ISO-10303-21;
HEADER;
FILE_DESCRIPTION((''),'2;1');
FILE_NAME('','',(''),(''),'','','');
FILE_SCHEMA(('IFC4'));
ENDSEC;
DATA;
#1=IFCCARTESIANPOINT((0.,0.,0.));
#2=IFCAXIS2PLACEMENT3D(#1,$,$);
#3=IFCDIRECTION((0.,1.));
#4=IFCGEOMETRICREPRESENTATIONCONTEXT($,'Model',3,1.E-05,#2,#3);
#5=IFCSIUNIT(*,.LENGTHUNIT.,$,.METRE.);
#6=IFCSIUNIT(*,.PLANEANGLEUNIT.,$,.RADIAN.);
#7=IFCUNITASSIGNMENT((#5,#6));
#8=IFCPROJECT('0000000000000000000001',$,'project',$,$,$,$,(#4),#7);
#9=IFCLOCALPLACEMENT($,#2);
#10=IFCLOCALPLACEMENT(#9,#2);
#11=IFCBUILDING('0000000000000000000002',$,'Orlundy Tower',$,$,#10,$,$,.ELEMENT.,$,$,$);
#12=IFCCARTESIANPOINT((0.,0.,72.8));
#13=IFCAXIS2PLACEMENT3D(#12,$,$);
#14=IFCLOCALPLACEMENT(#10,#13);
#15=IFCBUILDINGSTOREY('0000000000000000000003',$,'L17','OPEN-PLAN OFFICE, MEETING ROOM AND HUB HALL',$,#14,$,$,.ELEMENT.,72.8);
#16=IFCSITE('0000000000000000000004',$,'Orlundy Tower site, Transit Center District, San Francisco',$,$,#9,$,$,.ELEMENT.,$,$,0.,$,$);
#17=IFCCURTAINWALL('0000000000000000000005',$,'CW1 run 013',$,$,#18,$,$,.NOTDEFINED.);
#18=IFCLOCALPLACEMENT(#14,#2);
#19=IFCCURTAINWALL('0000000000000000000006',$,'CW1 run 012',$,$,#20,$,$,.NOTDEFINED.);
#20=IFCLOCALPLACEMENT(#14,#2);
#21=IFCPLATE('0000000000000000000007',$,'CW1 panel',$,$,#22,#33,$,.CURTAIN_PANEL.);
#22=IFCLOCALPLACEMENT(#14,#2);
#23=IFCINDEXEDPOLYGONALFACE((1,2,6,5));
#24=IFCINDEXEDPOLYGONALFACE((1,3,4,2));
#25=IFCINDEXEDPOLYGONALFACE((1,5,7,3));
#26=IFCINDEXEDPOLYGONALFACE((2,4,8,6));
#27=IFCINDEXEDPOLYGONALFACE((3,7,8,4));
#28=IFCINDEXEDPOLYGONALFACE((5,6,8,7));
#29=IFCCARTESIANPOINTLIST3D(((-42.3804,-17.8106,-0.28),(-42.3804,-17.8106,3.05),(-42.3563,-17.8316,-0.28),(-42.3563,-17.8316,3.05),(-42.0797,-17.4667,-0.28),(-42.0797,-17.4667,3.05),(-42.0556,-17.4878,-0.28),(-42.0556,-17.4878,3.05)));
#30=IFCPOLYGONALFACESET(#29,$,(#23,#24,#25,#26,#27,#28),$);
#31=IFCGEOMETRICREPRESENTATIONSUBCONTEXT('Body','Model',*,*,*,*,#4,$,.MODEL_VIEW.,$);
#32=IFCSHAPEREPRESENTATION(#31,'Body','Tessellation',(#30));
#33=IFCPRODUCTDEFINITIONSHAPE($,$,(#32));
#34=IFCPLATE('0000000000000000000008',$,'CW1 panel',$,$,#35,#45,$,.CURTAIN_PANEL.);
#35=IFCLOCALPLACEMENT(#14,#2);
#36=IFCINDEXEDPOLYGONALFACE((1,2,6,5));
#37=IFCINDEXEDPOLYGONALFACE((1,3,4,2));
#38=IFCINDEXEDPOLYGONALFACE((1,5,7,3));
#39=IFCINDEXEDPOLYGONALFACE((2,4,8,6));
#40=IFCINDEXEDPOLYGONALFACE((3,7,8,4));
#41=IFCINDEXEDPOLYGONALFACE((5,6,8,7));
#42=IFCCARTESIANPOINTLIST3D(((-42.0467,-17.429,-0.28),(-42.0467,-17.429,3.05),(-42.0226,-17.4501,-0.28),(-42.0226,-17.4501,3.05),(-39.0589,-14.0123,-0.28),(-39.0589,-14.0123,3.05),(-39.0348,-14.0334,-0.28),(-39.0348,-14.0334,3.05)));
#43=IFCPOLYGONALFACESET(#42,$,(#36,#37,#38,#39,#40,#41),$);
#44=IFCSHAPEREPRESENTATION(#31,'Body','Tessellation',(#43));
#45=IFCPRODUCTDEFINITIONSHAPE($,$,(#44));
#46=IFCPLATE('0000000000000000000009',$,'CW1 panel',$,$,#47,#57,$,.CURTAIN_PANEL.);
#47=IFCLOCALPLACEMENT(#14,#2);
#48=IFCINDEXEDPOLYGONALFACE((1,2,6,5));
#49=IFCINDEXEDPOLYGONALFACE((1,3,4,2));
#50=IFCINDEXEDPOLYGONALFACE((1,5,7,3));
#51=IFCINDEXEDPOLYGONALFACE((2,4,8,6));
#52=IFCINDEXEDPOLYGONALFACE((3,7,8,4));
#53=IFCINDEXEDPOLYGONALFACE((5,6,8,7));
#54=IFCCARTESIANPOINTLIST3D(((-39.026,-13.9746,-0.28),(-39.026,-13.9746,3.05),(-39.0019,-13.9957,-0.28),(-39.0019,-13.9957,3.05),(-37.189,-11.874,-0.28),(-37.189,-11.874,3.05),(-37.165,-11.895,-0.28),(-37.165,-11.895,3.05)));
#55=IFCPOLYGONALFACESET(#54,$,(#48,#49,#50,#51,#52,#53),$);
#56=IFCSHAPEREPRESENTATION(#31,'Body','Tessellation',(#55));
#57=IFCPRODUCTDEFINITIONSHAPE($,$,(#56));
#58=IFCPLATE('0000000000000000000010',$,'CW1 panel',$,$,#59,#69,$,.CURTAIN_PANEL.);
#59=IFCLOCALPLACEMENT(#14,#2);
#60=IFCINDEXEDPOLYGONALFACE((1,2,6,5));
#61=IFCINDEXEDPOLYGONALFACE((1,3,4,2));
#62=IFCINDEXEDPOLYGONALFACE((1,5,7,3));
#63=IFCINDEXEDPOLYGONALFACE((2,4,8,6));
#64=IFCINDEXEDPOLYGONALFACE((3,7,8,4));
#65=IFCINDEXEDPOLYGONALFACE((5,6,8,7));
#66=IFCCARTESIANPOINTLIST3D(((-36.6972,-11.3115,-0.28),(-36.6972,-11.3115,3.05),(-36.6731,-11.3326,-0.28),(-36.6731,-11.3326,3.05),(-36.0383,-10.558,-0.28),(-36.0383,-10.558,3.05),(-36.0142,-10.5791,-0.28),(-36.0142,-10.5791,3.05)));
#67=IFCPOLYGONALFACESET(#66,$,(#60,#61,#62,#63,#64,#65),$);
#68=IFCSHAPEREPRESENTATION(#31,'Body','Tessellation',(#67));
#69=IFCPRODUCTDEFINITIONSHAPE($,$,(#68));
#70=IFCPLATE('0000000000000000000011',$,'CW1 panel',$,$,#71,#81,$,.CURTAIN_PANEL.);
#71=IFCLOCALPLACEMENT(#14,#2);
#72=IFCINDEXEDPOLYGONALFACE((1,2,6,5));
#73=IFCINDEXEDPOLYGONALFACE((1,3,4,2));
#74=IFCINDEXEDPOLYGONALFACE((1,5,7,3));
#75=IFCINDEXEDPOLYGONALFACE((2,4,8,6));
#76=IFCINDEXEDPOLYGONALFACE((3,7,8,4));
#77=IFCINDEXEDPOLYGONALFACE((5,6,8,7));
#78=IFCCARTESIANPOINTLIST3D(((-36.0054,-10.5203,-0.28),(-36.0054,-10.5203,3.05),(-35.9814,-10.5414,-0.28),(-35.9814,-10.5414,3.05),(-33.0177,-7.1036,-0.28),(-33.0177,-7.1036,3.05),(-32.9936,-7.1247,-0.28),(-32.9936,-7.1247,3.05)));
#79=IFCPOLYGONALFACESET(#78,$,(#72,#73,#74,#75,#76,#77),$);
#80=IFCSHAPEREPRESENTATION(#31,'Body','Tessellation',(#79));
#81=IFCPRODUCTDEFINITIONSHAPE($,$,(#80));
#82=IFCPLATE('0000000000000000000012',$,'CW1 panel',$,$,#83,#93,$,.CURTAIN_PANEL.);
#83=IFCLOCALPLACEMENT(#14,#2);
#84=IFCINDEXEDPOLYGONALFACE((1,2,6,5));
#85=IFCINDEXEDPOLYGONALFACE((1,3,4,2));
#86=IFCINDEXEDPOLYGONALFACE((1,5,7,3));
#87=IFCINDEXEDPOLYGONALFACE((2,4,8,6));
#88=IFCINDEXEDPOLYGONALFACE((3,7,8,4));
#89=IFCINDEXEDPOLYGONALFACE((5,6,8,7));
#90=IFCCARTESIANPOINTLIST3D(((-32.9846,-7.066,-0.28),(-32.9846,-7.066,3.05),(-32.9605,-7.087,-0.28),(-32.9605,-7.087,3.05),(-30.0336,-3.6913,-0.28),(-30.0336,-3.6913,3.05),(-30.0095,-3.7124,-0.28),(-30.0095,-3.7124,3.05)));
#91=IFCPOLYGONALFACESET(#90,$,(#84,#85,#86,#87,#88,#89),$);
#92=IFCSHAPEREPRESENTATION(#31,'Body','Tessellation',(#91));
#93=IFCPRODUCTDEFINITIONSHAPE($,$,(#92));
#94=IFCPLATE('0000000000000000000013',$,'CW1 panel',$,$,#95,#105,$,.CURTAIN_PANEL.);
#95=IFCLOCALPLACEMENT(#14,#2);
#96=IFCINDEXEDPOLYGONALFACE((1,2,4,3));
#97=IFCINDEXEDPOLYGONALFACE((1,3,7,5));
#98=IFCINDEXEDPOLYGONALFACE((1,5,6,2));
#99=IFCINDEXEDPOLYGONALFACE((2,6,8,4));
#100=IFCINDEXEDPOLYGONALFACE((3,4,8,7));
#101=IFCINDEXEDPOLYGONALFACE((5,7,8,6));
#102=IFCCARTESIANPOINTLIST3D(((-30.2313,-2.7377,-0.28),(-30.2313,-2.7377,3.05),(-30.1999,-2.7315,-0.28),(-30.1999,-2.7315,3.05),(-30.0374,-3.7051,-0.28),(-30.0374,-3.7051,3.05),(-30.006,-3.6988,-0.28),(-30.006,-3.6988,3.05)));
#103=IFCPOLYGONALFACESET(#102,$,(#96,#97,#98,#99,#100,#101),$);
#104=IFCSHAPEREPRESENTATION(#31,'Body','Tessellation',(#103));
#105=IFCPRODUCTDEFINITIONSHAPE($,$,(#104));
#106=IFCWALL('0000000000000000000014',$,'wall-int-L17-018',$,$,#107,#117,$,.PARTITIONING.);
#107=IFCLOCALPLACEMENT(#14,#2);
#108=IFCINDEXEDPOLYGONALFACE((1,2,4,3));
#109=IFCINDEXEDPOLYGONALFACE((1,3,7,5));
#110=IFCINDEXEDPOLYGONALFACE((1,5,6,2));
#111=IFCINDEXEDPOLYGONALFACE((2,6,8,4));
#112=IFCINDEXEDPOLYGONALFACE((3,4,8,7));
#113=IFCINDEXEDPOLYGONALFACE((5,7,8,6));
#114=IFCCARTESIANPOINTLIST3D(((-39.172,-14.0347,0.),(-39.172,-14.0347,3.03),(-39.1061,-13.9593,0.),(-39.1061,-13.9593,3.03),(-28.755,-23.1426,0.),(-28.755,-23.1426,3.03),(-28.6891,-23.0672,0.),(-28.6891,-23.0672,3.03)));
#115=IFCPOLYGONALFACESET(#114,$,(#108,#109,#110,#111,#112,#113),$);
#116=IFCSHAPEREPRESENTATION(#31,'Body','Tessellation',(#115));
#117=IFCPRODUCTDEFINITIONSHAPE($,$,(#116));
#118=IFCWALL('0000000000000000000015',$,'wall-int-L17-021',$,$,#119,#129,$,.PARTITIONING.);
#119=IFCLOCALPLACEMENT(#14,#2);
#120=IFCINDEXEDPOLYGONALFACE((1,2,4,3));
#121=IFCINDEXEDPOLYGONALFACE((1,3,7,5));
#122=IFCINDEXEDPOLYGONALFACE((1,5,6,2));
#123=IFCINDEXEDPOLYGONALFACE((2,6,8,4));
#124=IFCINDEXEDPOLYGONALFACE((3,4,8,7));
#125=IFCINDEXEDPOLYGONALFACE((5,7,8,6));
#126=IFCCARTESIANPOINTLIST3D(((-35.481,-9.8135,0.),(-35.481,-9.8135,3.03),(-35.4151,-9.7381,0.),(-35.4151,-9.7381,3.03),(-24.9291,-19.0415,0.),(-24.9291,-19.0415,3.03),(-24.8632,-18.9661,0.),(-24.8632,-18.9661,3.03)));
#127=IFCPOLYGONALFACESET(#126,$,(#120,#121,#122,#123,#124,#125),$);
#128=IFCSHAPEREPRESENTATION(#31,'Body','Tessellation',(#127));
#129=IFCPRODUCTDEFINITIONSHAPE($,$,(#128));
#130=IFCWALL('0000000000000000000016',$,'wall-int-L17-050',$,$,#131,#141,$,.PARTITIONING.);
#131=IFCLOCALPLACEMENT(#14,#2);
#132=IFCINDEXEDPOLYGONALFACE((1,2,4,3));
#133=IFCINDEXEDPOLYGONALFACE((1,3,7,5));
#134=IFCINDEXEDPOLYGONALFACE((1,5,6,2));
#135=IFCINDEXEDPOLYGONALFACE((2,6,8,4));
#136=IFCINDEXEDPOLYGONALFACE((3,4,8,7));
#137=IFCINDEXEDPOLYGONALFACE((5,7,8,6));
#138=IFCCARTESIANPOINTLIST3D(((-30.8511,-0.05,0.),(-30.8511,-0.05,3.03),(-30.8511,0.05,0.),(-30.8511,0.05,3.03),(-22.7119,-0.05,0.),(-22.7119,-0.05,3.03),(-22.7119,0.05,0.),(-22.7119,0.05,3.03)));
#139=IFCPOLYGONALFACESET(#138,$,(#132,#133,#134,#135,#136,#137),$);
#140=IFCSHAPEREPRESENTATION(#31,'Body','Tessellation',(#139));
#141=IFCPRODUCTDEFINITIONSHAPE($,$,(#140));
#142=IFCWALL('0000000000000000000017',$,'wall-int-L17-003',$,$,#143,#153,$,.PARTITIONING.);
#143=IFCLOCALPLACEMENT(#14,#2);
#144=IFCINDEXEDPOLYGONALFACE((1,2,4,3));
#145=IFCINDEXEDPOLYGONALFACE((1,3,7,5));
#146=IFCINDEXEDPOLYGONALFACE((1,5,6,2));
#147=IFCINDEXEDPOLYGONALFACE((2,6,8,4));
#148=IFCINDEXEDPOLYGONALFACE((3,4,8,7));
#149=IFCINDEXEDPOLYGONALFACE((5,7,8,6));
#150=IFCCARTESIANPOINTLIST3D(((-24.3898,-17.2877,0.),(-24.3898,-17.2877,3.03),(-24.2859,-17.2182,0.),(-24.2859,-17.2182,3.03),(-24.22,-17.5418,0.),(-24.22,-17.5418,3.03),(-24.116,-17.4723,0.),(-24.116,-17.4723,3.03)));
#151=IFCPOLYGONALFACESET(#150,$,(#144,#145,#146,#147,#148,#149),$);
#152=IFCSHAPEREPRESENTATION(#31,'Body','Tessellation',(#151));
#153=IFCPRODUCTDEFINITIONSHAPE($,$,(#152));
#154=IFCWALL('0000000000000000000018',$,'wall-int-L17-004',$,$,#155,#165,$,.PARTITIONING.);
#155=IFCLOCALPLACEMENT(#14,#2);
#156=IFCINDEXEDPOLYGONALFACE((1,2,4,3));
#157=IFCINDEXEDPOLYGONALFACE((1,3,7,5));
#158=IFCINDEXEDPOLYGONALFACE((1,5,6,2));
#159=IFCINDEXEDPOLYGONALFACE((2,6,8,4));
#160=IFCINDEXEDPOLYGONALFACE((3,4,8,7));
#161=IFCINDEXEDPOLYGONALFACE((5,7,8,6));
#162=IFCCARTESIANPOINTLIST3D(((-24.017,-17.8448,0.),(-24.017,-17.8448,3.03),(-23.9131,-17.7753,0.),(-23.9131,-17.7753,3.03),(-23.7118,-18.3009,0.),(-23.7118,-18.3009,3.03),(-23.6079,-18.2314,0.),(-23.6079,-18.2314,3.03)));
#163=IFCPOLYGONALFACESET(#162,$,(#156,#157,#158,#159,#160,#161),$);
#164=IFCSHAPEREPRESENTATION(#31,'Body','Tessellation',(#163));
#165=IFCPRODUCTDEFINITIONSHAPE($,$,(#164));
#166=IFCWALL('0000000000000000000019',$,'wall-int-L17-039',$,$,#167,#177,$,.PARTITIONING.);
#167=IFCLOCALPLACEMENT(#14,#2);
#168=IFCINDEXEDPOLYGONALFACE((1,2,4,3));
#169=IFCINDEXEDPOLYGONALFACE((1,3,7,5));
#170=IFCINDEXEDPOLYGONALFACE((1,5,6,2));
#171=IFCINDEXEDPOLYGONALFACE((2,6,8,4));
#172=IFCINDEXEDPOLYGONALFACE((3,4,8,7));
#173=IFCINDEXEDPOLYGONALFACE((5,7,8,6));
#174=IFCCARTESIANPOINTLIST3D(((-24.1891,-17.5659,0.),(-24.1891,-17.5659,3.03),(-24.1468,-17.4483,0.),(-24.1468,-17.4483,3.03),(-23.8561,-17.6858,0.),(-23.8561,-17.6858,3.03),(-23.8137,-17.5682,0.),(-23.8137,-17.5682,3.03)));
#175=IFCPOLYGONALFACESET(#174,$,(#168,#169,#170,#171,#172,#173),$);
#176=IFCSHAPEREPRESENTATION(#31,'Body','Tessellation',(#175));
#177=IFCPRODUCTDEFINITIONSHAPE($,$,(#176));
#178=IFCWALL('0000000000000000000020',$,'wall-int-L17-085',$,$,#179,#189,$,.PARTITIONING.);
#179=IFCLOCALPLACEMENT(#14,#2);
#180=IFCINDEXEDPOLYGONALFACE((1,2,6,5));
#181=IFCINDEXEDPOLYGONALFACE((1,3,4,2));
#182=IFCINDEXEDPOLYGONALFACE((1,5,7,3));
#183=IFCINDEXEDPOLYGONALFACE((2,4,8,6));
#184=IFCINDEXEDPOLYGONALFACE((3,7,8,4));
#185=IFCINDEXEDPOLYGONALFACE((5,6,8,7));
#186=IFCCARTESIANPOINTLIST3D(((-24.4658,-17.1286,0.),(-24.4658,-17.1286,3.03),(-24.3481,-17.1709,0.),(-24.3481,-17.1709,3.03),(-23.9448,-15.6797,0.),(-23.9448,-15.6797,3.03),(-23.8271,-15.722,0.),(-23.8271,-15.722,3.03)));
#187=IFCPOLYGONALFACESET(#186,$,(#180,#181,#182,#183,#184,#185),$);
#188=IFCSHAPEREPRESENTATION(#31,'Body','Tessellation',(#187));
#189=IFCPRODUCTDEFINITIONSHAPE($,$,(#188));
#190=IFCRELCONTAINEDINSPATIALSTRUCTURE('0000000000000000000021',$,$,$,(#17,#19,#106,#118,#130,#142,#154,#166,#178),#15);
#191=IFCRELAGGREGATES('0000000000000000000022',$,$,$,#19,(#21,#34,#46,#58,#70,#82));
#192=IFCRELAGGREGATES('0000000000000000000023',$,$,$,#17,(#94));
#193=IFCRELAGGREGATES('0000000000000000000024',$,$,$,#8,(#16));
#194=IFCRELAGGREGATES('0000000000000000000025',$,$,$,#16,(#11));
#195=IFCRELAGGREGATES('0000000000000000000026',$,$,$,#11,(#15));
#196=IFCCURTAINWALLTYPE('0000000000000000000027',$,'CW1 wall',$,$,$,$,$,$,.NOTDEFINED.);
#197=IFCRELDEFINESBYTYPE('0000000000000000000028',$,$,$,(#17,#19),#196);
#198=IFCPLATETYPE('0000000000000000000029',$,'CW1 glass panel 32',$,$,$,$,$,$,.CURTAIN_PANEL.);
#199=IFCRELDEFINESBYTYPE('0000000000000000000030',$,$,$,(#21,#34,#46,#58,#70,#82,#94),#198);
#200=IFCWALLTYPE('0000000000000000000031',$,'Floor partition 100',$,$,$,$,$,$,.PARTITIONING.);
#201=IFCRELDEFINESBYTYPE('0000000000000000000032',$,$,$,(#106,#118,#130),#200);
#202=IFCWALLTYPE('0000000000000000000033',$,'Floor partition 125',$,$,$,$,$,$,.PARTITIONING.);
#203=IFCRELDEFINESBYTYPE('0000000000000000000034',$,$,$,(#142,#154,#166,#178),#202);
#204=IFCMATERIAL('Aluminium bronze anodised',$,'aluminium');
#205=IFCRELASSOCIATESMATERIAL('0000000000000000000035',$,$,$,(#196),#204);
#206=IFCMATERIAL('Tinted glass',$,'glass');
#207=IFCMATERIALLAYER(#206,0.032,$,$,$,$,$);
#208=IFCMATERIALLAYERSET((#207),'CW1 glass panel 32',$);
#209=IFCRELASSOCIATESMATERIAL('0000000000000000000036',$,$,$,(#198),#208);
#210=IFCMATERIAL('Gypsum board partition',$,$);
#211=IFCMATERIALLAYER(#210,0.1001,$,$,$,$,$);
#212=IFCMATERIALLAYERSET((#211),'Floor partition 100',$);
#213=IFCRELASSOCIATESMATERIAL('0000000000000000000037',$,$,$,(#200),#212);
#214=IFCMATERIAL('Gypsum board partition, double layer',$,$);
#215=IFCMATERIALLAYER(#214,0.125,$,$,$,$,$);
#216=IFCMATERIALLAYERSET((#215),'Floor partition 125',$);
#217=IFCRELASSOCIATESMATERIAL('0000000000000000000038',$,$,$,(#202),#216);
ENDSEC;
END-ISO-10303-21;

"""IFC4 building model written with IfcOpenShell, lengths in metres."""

from ifc_helpers import new_model, si_unit, direction, frame, frame_2d, origin, origin_2d, place, context, subcontext, project, spatial, rectangle, extrude, material, layer, layer_set, type_object, element, aggregate, save


model = new_model("IFC4")

# Units and contexts
model_context = context("Model", 3, precision=1e-05, world=origin(), true_north=direction((0.0, 1.0)))
body_context = subcontext(model_context, "Body", "Model", "MODEL_VIEW")
ifc_project = project(units=[si_unit("LENGTHUNIT", "METRE"), si_unit("PLANEANGLEUNIT", "RADIAN")], contexts=[model_context])

# Site, building, storey
site_placement = place(None, origin())
site = spatial("IfcSite", under=ifc_project, at=site_placement, Name="Orlundy Tower site, Transit Center District, San Francisco", CompositionType="ELEMENT", RefElevation=0.0)
building_placement = place(site_placement, origin())
building = spatial("IfcBuilding", under=site, at=building_placement, Name="Orlundy Tower", CompositionType="ELEMENT")
storey_placement = place(building_placement, frame((0.0, 0.0, 72.8)))
storey = spatial("IfcBuildingStorey", under=building, at=storey_placement, Name="L17", Description="OPEN-PLAN OFFICE, MEETING ROOM AND HUB HALL", CompositionType="ELEMENT", Elevation=72.8)

# Curtain wall
ifc_material_1 = material(Name="Aluminium bronze anodised", Category="aluminium")
curtain_wall_type = type_object("IfcCurtainWallType", Name="CW1 wall", PredefinedType="NOTDEFINED", material=ifc_material_1)
curtain_wall_1_placement = place(storey_placement, origin())
curtain_wall_1 = element("IfcCurtainWall", 1, at=curtain_wall_1_placement, inside=storey, type_object=curtain_wall_type, Name="CW1 run 013", PredefinedType="NOTDEFINED")

# Curtain wall
curtain_wall_2_placement = place(storey_placement, origin())
curtain_wall_2 = element("IfcCurtainWall", 2, at=curtain_wall_2_placement, inside=storey, type_object=curtain_wall_type, Name="CW1 run 012", PredefinedType="NOTDEFINED")

# Plates
ifc_material_2 = material(Name="Tinted glass", Category="glass")
ifc_layer_1 = layer(ifc_material_2, 0.032)
ifc_layer_set_1 = layer_set([ifc_layer_1], Name="CW1 glass panel 32")
plate_type = type_object("IfcPlateType", Name="CW1 glass panel 32", PredefinedType="CURTAIN_PANEL", material=ifc_layer_set_1)
plate_1_placement = place(storey_placement, frame((-42.218, -17.6492, -0.28), z_axis=(0.0, 0.0, 1.0), x_axis=(0.658273, 0.752779, 0.0)))
plate_1 = element("IfcPlate", 3, at=plate_1_placement, type_object=plate_type, Name="CW1 panel", PredefinedType="CURTAIN_PANEL", context=body_context, shape_type="SweptSolid", body=[
    extrude(rectangle(XDim=0.4568, YDim=0.032, at=origin_2d()), origin(), (0.0, 0.0, 1.0), 3.3301),
])
plate_2_placement = place(storey_placement, frame((-40.5408, -15.7312, -0.28), z_axis=(0.0, 0.0, 1.0), x_axis=(0.658273, 0.752779, 0.0)))
plate_2 = element("IfcPlate", 4, at=plate_2_placement, type_object=plate_type, Name="CW1 panel", PredefinedType="CURTAIN_PANEL", context=body_context, shape_type="SweptSolid", body=[
    extrude(rectangle(XDim=4.5388, YDim=0.032, at=origin_2d()), origin(), (0.0, 0.0, 1.0), 3.3301),
])
plate_3_placement = place(storey_placement, frame((-38.0955, -12.9348, -0.28), z_axis=(0.0, 0.0, 1.0), x_axis=(0.658273, 0.752779, 0.0)))
plate_3 = element("IfcPlate", 5, at=plate_3_placement, type_object=plate_type, Name="CW1 panel", PredefinedType="CURTAIN_PANEL", context=body_context, shape_type="SweptSolid", body=[
    extrude(rectangle(XDim=2.7905, YDim=0.032, at=origin_2d()), origin(), (0.0, 0.0, 1.0), 3.3301),
])
plate_4_placement = place(storey_placement, frame((-36.3557, -10.9453, -0.28), z_axis=(0.0, 0.0, 1.0), x_axis=(0.658273, 0.752779, 0.0)))
plate_4 = element("IfcPlate", 6, at=plate_4_placement, type_object=plate_type, Name="CW1 panel", PredefinedType="CURTAIN_PANEL", context=body_context, shape_type="SweptSolid", body=[
    extrude(rectangle(XDim=1.001, YDim=0.032, at=origin_2d()), origin(), (0.0, 0.0, 1.0), 3.3301),
])
plate_5_placement = place(storey_placement, frame((-34.4995, -8.8225, -0.28), z_axis=(0.0, 0.0, 1.0), x_axis=(0.658273, 0.752779, 0.0)))
plate_5 = element("IfcPlate", 7, at=plate_5_placement, type_object=plate_type, Name="CW1 panel", PredefinedType="CURTAIN_PANEL", context=body_context, shape_type="SweptSolid", body=[
    extrude(rectangle(XDim=4.5388, YDim=0.032, at=origin_2d()), origin(), (0.0, 0.0, 1.0), 3.3301),
])
plate_6_placement = place(storey_placement, frame((-31.4971, -5.3892, -0.28), z_axis=(0.0, 0.0, 1.0), x_axis=(0.658273, 0.752779, 0.0)))
plate_6 = element("IfcPlate", 8, at=plate_6_placement, type_object=plate_type, Name="CW1 panel", PredefinedType="CURTAIN_PANEL", context=body_context, shape_type="SweptSolid", body=[
    extrude(rectangle(XDim=4.4829, YDim=0.032, at=origin_2d()), origin(), (0.0, 0.0, 1.0), 3.3301),
])
aggregate(curtain_wall_2, [plate_1, plate_2, plate_3, plate_4, plate_5, plate_6])
plate_7_placement = place(storey_placement, frame((-30.1187, -3.2183, -0.28), z_axis=(0.0, 0.0, 1.0), x_axis=(-0.196529, 0.980498, 0.0)))
plate_7 = element("IfcPlate", 9, at=plate_7_placement, type_object=plate_type, Name="CW1 panel", PredefinedType="CURTAIN_PANEL", context=body_context, shape_type="SweptSolid", body=[
    extrude(rectangle(XDim=0.9866, YDim=0.032, at=origin_2d()), origin(), (0.0, 0.0, 1.0), 3.3301),
])
aggregate(curtain_wall_1, [plate_7])

# Walls
ifc_material_3 = material(Name="Gypsum board partition")
ifc_layer_2 = layer(ifc_material_3, 0.1001)
ifc_layer_set_2 = layer_set([ifc_layer_2], Name="Floor partition 100")
wall_type_1 = type_object("IfcWallType", Name="Floor partition 100", PredefinedType="PARTITIONING", material=ifc_layer_set_2)
wall_1_placement = place(storey_placement, frame((-39.1389, -13.9971, 0.0), z_axis=(0.0, 0.0, 1.0), x_axis=(0.752826, -0.65822, 0.0)))
element("IfcWall", 10, at=wall_1_placement, inside=storey, type_object=wall_type_1, Name="wall-int-L17-018", PredefinedType="PARTITIONING", context=body_context, shape_type="SweptSolid", body=[
    extrude(rectangle(XDim=13.8372, YDim=0.1001, at=frame_2d((6.9185, 0.0))), origin(), (0.0, 0.0, 1.0), 3.03),
])
wall_2_placement = place(storey_placement, frame((-35.448, -9.7759, 0.0), z_axis=(0.0, 0.0, 1.0), x_axis=(0.752753, -0.658304, 0.0)))
element("IfcWall", 11, at=wall_2_placement, inside=storey, type_object=wall_type_1, Name="wall-int-L17-021", PredefinedType="PARTITIONING", context=body_context, shape_type="SweptSolid", body=[
    extrude(rectangle(XDim=14.0178, YDim=0.1001, at=frame_2d((7.0088, 0.0))), origin(), (0.0, 0.0, 1.0), 3.03),
])
wall_3_placement = place(storey_placement, frame((-30.8511, 0.0, 0.0), z_axis=(0.0, 0.0, 1.0), x_axis=(1.0, 0.0, 0.0)))
element("IfcWall", 12, at=wall_3_placement, inside=storey, type_object=wall_type_1, Name="wall-int-L17-050", PredefinedType="PARTITIONING", context=body_context, shape_type="SweptSolid", body=[
    extrude(rectangle(XDim=8.1392, YDim=0.1001, at=frame_2d((4.0696, 0.0))), origin(), (0.0, 0.0, 1.0), 3.03),
])
ifc_material_4 = material(Name="Gypsum board partition, double layer")
ifc_layer_3 = layer(ifc_material_4, 0.125)
ifc_layer_set_3 = layer_set([ifc_layer_3], Name="Floor partition 125")
wall_type_2 = type_object("IfcWallType", Name="Floor partition 125", PredefinedType="PARTITIONING", material=ifc_layer_set_3)
wall_4_placement = place(storey_placement, frame((-24.3379, -17.2529, 0.0), z_axis=(0.0, 0.0, 1.0), x_axis=(0.555805, -0.831312, 0.0)))
element("IfcWall", 13, at=wall_4_placement, inside=storey, type_object=wall_type_2, Name="wall-int-L17-003", PredefinedType="PARTITIONING", context=body_context, shape_type="SweptSolid", body=[
    extrude(rectangle(XDim=0.3057, YDim=0.125, at=frame_2d((0.1528, 0.0))), origin(), (0.0, 0.0, 1.0), 3.03),
])
wall_5_placement = place(storey_placement, frame((-23.9651, -17.8101, 0.0), z_axis=(0.0, 0.0, 1.0), x_axis=(0.556137, -0.831091, 0.0)))
element("IfcWall", 14, at=wall_5_placement, inside=storey, type_object=wall_type_2, Name="wall-int-L17-004", PredefinedType="PARTITIONING", context=body_context, shape_type="SweptSolid", body=[
    extrude(rectangle(XDim=0.5488, YDim=0.125, at=frame_2d((0.2744, 0.0))), origin(), (0.0, 0.0, 1.0), 3.03),
])
wall_6_placement = place(storey_placement, frame((-24.168, -17.5071, 0.0), z_axis=(0.0, 0.0, 1.0), x_axis=(0.940896, -0.338695, 0.0)))
element("IfcWall", 15, at=wall_6_placement, inside=storey, type_object=wall_type_2, Name="wall-int-L17-039", PredefinedType="PARTITIONING", context=body_context, shape_type="SweptSolid", body=[
    extrude(rectangle(XDim=0.354, YDim=0.125, at=frame_2d((0.177, 0.0))), origin(), (0.0, 0.0, 1.0), 3.03),
])
wall_7_placement = place(storey_placement, frame((-24.407, -17.1499, 0.0), z_axis=(0.0, 0.0, 1.0), x_axis=(0.338354, 0.941019, 0.0)))
element("IfcWall", 16, at=wall_7_placement, inside=storey, type_object=wall_type_2, Name="wall-int-L17-085", PredefinedType="PARTITIONING", context=body_context, shape_type="SweptSolid", body=[
    extrude(rectangle(XDim=1.5398, YDim=0.125, at=frame_2d((0.77, 0.0))), origin(), (0.0, 0.0, 1.0), 3.03),
])

save(model, "model.ifc")
